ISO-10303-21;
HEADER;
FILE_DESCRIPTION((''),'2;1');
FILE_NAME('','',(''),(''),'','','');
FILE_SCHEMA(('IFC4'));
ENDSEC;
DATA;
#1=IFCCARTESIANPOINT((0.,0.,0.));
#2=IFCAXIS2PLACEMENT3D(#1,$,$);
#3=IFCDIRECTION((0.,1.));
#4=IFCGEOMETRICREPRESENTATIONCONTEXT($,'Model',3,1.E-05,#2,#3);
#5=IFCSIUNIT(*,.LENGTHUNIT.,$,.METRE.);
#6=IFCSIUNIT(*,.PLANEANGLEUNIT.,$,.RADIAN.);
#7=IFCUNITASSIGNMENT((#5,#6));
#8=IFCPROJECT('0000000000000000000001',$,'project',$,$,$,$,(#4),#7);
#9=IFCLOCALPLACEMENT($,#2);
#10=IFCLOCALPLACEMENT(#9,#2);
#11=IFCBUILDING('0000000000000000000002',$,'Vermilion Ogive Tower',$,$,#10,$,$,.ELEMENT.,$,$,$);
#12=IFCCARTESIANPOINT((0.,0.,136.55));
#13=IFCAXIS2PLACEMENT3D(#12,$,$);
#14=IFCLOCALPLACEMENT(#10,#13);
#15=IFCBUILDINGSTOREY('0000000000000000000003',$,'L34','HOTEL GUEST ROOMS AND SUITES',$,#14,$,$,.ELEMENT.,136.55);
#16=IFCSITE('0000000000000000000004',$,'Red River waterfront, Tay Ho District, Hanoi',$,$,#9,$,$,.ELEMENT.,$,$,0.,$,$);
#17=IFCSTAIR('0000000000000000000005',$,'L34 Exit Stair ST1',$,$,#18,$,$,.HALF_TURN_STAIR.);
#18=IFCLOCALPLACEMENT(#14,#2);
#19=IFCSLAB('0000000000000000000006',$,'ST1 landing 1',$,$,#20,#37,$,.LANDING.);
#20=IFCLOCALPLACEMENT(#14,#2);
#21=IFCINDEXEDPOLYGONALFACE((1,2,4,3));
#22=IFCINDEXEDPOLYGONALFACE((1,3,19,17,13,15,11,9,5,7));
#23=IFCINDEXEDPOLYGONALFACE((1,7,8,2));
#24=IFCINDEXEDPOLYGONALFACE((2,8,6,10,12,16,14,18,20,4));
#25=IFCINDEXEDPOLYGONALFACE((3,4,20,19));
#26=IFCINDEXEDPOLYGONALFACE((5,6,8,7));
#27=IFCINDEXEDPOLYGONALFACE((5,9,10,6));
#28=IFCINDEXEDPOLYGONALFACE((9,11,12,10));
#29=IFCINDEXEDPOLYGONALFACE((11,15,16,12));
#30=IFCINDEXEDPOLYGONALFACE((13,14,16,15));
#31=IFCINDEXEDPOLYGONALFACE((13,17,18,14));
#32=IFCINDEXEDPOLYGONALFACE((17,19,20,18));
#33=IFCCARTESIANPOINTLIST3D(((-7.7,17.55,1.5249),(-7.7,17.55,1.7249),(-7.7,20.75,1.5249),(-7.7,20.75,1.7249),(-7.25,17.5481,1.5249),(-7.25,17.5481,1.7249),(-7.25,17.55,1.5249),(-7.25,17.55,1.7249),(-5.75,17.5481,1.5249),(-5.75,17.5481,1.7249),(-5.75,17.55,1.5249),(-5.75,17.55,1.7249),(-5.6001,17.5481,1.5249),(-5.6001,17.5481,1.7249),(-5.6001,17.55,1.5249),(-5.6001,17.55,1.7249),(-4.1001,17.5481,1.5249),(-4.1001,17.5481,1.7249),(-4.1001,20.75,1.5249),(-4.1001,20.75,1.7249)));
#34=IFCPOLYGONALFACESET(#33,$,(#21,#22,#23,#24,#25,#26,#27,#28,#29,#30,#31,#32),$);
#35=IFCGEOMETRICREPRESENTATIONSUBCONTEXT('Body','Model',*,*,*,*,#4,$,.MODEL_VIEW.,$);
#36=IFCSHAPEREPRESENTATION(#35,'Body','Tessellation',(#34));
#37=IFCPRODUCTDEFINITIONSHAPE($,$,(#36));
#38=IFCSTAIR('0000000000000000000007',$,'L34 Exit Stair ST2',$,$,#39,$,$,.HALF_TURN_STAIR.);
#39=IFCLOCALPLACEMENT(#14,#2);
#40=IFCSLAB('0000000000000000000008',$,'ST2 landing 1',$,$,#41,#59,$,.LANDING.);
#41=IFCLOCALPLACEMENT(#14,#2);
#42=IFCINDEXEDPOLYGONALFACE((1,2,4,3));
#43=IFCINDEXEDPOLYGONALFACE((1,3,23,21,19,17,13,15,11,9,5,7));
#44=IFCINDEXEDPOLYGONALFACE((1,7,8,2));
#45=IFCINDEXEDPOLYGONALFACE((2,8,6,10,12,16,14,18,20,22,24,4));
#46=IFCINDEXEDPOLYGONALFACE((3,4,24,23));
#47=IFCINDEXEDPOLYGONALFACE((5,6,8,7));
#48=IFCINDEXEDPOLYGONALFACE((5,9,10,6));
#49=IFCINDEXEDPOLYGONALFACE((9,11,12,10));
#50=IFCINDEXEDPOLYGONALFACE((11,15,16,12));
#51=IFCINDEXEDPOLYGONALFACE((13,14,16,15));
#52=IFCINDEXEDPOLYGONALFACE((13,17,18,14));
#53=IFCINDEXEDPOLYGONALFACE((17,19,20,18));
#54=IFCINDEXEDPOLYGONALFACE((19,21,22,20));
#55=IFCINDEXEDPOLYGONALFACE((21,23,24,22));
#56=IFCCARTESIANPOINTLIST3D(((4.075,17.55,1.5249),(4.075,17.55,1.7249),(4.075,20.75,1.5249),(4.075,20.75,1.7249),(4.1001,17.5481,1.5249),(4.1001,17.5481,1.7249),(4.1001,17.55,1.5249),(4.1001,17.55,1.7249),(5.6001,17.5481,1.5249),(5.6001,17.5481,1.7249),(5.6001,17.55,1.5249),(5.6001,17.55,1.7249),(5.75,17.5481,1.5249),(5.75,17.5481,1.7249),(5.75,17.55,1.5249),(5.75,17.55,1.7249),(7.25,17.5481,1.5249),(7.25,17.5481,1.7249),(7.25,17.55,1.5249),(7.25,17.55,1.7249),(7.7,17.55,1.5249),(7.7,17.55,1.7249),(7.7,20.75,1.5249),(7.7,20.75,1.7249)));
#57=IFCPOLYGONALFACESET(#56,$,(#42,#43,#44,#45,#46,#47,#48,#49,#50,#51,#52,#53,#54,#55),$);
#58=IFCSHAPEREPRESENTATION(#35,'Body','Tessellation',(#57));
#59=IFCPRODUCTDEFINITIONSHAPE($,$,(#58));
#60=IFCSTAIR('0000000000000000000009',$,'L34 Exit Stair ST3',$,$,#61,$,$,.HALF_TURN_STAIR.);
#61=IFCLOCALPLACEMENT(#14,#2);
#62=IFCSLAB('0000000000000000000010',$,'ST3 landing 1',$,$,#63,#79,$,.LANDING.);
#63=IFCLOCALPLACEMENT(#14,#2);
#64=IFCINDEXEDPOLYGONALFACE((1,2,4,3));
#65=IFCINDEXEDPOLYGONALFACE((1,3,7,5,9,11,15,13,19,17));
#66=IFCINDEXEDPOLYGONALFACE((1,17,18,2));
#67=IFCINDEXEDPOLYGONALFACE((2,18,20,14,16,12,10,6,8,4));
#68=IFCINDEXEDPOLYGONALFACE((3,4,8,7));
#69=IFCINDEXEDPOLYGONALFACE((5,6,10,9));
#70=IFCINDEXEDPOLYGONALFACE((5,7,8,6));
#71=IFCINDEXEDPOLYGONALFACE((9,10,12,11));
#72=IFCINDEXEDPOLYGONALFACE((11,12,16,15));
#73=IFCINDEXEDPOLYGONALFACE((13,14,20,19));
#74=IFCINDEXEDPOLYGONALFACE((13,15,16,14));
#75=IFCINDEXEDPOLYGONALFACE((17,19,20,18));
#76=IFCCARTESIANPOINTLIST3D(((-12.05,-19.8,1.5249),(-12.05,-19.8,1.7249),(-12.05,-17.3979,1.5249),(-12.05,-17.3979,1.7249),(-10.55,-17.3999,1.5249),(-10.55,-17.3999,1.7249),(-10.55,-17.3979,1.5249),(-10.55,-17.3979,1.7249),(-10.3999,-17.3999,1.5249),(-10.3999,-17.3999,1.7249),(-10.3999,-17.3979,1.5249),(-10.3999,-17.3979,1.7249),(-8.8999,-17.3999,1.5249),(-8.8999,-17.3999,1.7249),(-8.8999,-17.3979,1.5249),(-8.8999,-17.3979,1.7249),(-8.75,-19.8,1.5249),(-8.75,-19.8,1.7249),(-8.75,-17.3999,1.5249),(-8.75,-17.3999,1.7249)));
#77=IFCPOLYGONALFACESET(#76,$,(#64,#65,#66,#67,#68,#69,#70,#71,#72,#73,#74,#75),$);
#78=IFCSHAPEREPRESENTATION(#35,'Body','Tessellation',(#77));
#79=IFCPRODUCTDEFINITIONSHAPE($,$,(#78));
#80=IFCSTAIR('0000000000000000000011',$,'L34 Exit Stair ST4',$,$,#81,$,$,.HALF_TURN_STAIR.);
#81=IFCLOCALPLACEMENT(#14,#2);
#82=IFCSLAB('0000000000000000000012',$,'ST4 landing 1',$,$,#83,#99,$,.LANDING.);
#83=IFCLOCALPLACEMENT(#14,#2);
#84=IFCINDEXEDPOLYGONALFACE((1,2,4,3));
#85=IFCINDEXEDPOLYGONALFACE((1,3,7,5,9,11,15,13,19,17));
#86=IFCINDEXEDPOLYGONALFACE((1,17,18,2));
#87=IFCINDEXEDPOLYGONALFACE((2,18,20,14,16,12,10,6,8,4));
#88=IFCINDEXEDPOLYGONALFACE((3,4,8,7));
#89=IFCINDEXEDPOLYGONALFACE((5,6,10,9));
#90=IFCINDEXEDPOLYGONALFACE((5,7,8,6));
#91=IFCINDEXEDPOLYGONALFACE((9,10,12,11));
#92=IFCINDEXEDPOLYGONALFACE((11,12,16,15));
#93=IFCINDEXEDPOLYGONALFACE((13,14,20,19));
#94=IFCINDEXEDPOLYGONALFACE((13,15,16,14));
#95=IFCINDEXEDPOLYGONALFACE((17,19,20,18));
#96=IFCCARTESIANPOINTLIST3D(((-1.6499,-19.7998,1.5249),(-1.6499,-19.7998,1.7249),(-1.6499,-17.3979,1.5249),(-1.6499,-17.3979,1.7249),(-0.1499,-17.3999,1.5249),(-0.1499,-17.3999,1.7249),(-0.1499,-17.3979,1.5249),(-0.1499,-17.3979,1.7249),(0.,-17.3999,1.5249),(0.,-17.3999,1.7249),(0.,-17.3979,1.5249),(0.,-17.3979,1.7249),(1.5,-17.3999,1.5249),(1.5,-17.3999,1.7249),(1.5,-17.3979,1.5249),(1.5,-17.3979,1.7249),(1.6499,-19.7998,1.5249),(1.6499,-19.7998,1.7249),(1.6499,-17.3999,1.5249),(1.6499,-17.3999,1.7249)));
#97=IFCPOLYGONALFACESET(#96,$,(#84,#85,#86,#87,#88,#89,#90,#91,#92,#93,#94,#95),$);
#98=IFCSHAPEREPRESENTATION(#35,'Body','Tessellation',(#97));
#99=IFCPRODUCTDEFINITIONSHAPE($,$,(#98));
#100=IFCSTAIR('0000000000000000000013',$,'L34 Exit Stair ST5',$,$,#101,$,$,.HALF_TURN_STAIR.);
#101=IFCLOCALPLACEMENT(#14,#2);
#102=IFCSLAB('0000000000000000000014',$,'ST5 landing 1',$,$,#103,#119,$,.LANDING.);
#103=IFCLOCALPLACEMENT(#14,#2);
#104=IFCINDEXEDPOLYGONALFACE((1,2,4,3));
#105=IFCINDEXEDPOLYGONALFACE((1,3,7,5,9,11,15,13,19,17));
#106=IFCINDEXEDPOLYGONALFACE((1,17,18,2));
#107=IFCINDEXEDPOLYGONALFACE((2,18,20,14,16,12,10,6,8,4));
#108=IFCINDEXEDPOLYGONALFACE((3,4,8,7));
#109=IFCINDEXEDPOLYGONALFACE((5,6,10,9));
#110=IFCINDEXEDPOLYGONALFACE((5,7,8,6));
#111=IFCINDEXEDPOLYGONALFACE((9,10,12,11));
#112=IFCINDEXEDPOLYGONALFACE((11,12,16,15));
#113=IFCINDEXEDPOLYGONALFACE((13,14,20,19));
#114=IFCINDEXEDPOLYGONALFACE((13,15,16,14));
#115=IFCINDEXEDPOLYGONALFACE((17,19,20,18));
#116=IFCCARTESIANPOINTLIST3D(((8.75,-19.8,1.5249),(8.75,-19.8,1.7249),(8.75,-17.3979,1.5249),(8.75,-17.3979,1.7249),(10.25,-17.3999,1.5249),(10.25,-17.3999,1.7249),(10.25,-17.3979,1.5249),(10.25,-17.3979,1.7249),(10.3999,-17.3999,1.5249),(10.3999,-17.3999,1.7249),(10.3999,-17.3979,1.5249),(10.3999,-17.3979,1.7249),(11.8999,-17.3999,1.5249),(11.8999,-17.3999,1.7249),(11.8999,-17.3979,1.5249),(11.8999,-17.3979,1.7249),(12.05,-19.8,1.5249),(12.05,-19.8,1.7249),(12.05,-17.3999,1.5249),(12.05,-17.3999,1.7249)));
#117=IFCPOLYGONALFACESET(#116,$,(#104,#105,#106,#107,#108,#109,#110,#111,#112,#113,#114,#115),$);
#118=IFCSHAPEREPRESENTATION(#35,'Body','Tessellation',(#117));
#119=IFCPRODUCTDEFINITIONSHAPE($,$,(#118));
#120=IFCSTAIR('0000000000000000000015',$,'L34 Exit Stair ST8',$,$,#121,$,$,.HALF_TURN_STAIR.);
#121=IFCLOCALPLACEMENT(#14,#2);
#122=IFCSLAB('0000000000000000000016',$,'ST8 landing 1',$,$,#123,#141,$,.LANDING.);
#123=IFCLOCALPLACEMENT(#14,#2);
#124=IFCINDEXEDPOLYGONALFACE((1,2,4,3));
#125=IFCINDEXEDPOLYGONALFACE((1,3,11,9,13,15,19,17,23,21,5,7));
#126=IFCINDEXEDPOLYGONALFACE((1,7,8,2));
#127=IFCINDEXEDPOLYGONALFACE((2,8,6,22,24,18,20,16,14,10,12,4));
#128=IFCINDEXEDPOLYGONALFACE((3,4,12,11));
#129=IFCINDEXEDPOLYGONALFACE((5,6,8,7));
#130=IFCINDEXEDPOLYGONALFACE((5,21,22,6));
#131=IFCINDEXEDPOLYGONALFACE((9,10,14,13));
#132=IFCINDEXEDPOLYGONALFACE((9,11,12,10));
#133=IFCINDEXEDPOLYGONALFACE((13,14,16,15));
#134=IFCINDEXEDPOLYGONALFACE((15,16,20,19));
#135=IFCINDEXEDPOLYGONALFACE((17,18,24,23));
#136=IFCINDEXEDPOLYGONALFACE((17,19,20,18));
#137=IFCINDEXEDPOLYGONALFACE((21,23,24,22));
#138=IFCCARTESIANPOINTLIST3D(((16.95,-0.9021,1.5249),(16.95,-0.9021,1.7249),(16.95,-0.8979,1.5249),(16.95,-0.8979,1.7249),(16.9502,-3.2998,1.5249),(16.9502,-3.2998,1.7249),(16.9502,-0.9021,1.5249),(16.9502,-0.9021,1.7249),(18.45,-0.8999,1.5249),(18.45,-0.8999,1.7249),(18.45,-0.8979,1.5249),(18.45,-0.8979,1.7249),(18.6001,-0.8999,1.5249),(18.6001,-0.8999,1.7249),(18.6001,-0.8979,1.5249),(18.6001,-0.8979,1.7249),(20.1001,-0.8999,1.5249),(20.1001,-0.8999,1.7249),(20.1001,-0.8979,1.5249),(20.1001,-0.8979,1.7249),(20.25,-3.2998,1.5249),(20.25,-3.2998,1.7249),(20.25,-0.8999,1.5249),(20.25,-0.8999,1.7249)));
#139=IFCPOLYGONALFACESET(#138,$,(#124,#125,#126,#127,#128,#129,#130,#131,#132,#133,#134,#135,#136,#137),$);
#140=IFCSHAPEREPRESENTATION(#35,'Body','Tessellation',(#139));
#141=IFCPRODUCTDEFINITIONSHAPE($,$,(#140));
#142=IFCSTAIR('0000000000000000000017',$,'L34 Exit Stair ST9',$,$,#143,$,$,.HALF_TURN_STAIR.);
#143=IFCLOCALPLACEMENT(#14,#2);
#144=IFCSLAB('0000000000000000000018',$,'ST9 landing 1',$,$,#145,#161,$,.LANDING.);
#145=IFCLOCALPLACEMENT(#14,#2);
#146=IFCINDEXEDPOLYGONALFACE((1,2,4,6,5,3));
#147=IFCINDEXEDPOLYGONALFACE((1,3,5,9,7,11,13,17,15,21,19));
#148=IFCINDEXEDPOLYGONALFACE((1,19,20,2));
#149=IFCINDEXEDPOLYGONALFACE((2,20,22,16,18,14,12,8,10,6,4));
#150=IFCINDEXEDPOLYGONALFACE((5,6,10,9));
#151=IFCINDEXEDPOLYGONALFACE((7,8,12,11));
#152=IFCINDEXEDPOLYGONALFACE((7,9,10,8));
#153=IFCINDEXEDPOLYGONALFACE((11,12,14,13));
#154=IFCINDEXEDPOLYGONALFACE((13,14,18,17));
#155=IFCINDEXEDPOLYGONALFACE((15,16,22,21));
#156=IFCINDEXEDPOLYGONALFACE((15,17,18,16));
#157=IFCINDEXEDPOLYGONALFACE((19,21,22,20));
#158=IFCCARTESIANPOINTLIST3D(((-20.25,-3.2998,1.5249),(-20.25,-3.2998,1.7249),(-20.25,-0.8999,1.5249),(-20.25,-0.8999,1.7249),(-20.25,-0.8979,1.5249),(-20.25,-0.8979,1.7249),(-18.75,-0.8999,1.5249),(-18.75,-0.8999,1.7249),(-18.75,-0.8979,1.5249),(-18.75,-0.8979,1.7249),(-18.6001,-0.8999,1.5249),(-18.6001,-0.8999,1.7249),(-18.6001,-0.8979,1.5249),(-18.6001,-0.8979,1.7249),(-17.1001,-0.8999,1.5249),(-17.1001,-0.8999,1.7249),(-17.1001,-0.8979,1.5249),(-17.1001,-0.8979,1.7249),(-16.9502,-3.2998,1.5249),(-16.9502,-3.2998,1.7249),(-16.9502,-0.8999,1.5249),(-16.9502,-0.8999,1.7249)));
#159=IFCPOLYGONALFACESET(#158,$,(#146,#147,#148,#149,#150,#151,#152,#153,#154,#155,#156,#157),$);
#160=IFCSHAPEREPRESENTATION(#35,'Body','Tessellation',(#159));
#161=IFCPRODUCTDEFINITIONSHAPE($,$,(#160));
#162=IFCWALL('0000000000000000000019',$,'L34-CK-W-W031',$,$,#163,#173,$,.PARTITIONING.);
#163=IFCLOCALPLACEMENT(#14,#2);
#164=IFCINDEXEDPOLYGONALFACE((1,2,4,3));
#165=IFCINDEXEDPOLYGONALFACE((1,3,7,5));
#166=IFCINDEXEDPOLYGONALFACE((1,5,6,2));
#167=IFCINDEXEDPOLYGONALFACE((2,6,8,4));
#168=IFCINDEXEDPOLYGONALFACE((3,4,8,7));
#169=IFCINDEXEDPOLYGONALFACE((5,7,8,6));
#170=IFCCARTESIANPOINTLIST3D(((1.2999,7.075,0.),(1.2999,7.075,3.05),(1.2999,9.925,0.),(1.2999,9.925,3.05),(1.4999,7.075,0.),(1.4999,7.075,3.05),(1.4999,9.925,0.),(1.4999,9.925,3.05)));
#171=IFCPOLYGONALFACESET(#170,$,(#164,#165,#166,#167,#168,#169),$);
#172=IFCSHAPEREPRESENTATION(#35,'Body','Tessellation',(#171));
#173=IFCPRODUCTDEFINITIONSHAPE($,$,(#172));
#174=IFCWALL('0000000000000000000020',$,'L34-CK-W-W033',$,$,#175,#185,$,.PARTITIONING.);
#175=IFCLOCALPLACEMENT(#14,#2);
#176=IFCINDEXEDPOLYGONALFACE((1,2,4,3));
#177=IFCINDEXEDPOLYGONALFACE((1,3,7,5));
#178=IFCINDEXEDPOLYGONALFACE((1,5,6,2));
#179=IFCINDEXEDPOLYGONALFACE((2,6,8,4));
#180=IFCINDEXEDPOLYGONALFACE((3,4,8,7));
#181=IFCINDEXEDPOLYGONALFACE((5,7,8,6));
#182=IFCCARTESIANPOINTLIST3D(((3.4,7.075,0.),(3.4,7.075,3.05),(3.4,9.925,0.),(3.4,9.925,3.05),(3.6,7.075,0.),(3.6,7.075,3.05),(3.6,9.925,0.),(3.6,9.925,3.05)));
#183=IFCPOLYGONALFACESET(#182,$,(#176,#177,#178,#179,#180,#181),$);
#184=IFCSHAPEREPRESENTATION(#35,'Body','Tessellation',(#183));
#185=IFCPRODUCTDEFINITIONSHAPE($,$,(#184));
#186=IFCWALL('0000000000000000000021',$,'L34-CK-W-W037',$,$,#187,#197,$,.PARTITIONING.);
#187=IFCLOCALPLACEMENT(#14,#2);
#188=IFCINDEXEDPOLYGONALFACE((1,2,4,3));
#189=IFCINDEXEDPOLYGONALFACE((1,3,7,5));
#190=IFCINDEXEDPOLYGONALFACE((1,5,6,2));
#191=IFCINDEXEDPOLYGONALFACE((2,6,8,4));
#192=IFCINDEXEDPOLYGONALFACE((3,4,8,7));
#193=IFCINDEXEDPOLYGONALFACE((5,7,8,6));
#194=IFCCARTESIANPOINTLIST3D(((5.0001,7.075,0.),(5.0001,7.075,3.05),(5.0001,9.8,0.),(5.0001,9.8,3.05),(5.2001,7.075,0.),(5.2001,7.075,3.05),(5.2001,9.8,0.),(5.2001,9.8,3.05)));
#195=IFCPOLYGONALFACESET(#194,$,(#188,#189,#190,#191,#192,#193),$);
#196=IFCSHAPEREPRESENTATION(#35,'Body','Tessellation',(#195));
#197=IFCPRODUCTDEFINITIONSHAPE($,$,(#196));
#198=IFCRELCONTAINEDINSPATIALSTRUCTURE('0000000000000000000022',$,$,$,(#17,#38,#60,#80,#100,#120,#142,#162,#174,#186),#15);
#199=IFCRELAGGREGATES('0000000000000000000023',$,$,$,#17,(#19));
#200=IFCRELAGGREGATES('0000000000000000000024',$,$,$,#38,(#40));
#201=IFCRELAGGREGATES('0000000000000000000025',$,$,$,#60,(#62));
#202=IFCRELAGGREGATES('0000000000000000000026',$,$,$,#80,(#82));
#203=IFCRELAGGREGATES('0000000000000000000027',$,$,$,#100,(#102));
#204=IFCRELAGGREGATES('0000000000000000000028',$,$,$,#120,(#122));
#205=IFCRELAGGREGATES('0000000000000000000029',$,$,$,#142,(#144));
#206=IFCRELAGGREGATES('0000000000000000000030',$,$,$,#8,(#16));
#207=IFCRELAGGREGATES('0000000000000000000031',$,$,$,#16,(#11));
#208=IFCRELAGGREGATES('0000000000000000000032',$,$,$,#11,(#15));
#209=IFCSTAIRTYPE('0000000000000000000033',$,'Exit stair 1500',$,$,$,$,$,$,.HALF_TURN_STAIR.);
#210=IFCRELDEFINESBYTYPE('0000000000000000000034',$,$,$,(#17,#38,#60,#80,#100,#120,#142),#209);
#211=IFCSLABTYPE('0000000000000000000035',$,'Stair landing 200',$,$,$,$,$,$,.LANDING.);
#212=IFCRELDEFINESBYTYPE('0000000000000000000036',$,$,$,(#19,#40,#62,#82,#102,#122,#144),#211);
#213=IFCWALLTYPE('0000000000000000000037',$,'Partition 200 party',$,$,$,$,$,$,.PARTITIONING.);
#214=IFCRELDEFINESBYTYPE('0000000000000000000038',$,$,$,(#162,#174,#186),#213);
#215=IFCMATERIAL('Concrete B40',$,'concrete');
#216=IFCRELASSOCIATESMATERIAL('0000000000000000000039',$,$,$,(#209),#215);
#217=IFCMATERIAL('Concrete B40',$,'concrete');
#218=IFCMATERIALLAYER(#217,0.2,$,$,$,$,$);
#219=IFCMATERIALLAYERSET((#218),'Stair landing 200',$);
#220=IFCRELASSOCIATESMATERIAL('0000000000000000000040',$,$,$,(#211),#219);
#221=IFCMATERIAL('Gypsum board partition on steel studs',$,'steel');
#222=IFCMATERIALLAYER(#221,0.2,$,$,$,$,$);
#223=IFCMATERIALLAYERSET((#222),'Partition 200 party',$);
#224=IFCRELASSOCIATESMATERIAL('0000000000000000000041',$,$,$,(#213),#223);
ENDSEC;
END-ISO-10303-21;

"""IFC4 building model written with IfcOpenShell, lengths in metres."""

from ifc_helpers import new_model, si_unit, direction, frame, frame_2d, origin, place, context, subcontext, project, spatial, polyline, rectangle, outline, extrude, material, layer, layer_set, type_object, element, aggregate, save


model = new_model("IFC4")

# Units and contexts
model_context = context("Model", 3, precision=1e-05, world=origin(), true_north=direction((0.0, 1.0)))
body_context = subcontext(model_context, "Body", "Model", "MODEL_VIEW")
ifc_project = project(units=[si_unit("LENGTHUNIT", "METRE"), si_unit("PLANEANGLEUNIT", "RADIAN")], contexts=[model_context])

# Site, building, storey
site_placement = place(None, origin())
site = spatial("IfcSite", under=ifc_project, at=site_placement, Name="Red River waterfront, Tay Ho District, Hanoi", CompositionType="ELEMENT", RefElevation=0.0)
building_placement = place(site_placement, origin())
building = spatial("IfcBuilding", under=site, at=building_placement, Name="Vermilion Ogive Tower", CompositionType="ELEMENT")
storey_placement = place(building_placement, frame((0.0, 0.0, 136.55)))
storey = spatial("IfcBuildingStorey", under=building, at=storey_placement, Name="L34", Description="HOTEL GUEST ROOMS AND SUITES", CompositionType="ELEMENT", Elevation=136.55)

# Stairs, slabs
ifc_material_1 = material(Name="Concrete B40", Category="concrete")
stair_type = type_object("IfcStairType", Name="Exit stair 1500", PredefinedType="HALF_TURN_STAIR", material=ifc_material_1)
stair_1_placement = place(storey_placement, origin())
stair_1 = element("IfcStair", 1, at=stair_1_placement, inside=storey, type_object=stair_type, Name="L34 Exit Stair ST1", PredefinedType="HALF_TURN_STAIR")
ifc_material_2 = material(Name="Concrete B40", Category="concrete")
ifc_layer_1 = layer(ifc_material_2, 0.2)
ifc_layer_set_1 = layer_set([ifc_layer_1], Name="Stair landing 200")
slab_type_1 = type_object("IfcSlabType", Name="Stair landing 200", PredefinedType="LANDING", material=ifc_layer_set_1)
slab_1_placement = place(storey_placement, frame((0.0, 0.0, 1.5249)))
slab_1 = element("IfcSlab", 2, at=slab_1_placement, type_object=slab_type_1, Name="ST1 landing 1", PredefinedType="LANDING", context=body_context, shape_type="SweptSolid", body=[
    extrude(outline(polyline([(-7.7, 17.55), (-7.25, 17.55), (-7.25, 17.5481), (-5.75, 17.5481), (-5.75, 17.55), (-5.6001, 17.55), (-5.6001, 17.5481), (-4.1001, 17.5481), (-4.1001, 20.75), (-7.7, 20.75), (-7.7, 17.55)])), origin(), (0.0, 0.0, 1.0), 0.2),
])
aggregate(stair_1, [slab_1])
stair_2_placement = place(storey_placement, origin())
stair_2 = element("IfcStair", 3, at=stair_2_placement, inside=storey, type_object=stair_type, Name="L34 Exit Stair ST2", PredefinedType="HALF_TURN_STAIR")
slab_2_placement = place(storey_placement, frame((0.0, 0.0, 1.5249)))
slab_2 = element("IfcSlab", 4, at=slab_2_placement, type_object=slab_type_1, Name="ST2 landing 1", PredefinedType="LANDING", context=body_context, shape_type="SweptSolid", body=[
    extrude(outline(polyline([(5.6001, 17.55), (5.75, 17.55), (5.75, 17.5481), (7.25, 17.5481), (7.25, 17.55), (7.7, 17.55), (7.7, 20.75), (4.075, 20.75), (4.075, 17.55), (4.1001, 17.55), (4.1001, 17.5481), (5.6001, 17.5481), (5.6001, 17.55)])), origin(), (0.0, 0.0, 1.0), 0.2),
])
aggregate(stair_2, [slab_2])
stair_3_placement = place(storey_placement, origin())
stair_3 = element("IfcStair", 5, at=stair_3_placement, inside=storey, type_object=stair_type, Name="L34 Exit Stair ST3", PredefinedType="HALF_TURN_STAIR")
slab_3_placement = place(storey_placement, frame((0.0, 0.0, 1.5249)))
slab_3 = element("IfcSlab", 6, at=slab_3_placement, type_object=slab_type_1, Name="ST3 landing 1", PredefinedType="LANDING", context=body_context, shape_type="SweptSolid", body=[
    extrude(outline(polyline([(-8.75, -17.3999), (-8.8999, -17.3999), (-8.8999, -17.3979), (-10.3999, -17.3979), (-10.3999, -17.3999), (-10.55, -17.3999), (-10.55, -17.3979), (-12.05, -17.3979), (-12.05, -19.8), (-8.75, -19.8), (-8.75, -17.3999)])), origin(), (0.0, 0.0, 1.0), 0.2),
])
aggregate(stair_3, [slab_3])
stair_4_placement = place(storey_placement, origin())
stair_4 = element("IfcStair", 7, at=stair_4_placement, inside=storey, type_object=stair_type, Name="L34 Exit Stair ST4", PredefinedType="HALF_TURN_STAIR")
slab_4_placement = place(storey_placement, frame((0.0, 0.0, 1.5249)))
slab_4 = element("IfcSlab", 8, at=slab_4_placement, type_object=slab_type_1, Name="ST4 landing 1", PredefinedType="LANDING", context=body_context, shape_type="SweptSolid", body=[
    extrude(outline(polyline([(1.6499, -17.3999), (1.5, -17.3999), (1.5, -17.3979), (0.0, -17.3979), (0.0, -17.3999), (-0.1499, -17.3999), (-0.1499, -17.3979), (-1.6499, -17.3979), (-1.6499, -19.7998), (1.6499, -19.7998), (1.6499, -17.3999)])), origin(), (0.0, 0.0, 1.0), 0.2),
])
aggregate(stair_4, [slab_4])
stair_5_placement = place(storey_placement, origin())
stair_5 = element("IfcStair", 9, at=stair_5_placement, inside=storey, type_object=stair_type, Name="L34 Exit Stair ST5", PredefinedType="HALF_TURN_STAIR")
slab_5_placement = place(storey_placement, frame((0.0, 0.0, 1.5249)))
slab_5 = element("IfcSlab", 10, at=slab_5_placement, type_object=slab_type_1, Name="ST5 landing 1", PredefinedType="LANDING", context=body_context, shape_type="SweptSolid", body=[
    extrude(outline(polyline([(12.05, -17.3999), (11.8999, -17.3999), (11.8999, -17.3979), (10.3999, -17.3979), (10.3999, -17.3999), (10.25, -17.3999), (10.25, -17.3979), (8.75, -17.3979), (8.75, -19.8), (12.05, -19.8), (12.05, -17.3999)])), origin(), (0.0, 0.0, 1.0), 0.2),
])
aggregate(stair_5, [slab_5])
stair_6_placement = place(storey_placement, origin())
stair_6 = element("IfcStair", 11, at=stair_6_placement, inside=storey, type_object=stair_type, Name="L34 Exit Stair ST8", PredefinedType="HALF_TURN_STAIR")
slab_6_placement = place(storey_placement, frame((0.0, 0.0, 1.5249)))
slab_6 = element("IfcSlab", 12, at=slab_6_placement, type_object=slab_type_1, Name="ST8 landing 1", PredefinedType="LANDING", context=body_context, shape_type="SweptSolid", body=[
    extrude(outline(polyline([(20.25, -0.8999), (20.1001, -0.8999), (20.1001, -0.8979), (18.6001, -0.8979), (18.6001, -0.8999), (18.45, -0.8999), (18.45, -0.8979), (16.95, -0.8979), (16.95, -0.9021), (16.9502, -0.9021), (16.9502, -3.2998), (20.25, -3.2998), (20.25, -0.8999)])), origin(), (0.0, 0.0, 1.0), 0.2),
])
aggregate(stair_6, [slab_6])
stair_7_placement = place(storey_placement, origin())
stair_7 = element("IfcStair", 13, at=stair_7_placement, inside=storey, type_object=stair_type, Name="L34 Exit Stair ST9", PredefinedType="HALF_TURN_STAIR")
slab_7_placement = place(storey_placement, frame((0.0, 0.0, 1.5249)))
slab_7 = element("IfcSlab", 14, at=slab_7_placement, type_object=slab_type_1, Name="ST9 landing 1", PredefinedType="LANDING", context=body_context, shape_type="SweptSolid", body=[
    extrude(outline(polyline([(-16.9502, -0.8999), (-17.1001, -0.8999), (-17.1001, -0.8979), (-18.6001, -0.8979), (-18.6001, -0.8999), (-18.75, -0.8999), (-18.75, -0.8979), (-20.25, -0.8979), (-20.25, -0.8999), (-20.25, -0.8999), (-20.25, -3.2998), (-16.9502, -3.2998), (-16.9502, -0.8999)])), origin(), (0.0, 0.0, 1.0), 0.2),
])
aggregate(stair_7, [slab_7])

# Walls
ifc_material_3 = material(Name="Gypsum board partition on steel studs", Category="steel")
ifc_layer_2 = layer(ifc_material_3, 0.2)
ifc_layer_set_2 = layer_set([ifc_layer_2], Name="Partition 200 party")
wall_type = type_object("IfcWallType", Name="Partition 200 party", PredefinedType="PARTITIONING", material=ifc_layer_set_2)
for number, where, z_axis, x_axis, name in (
    (15, (1.3999, 7.075, 0.0), (0.0, 0.0, 1.0), (0.0, 1.0, 0.0), "L34-CK-W-W031"),
    (16, (3.5, 7.075, 0.0), (0.0, 0.0, 1.0), (0.0, 1.0, 0.0), "L34-CK-W-W033"),
):
    element("IfcWall", number, at=place(storey_placement, frame(where, z_axis=z_axis, x_axis=x_axis)), inside=storey, type_object=wall_type, Name=name, PredefinedType="PARTITIONING", context=body_context, shape_type="SweptSolid", body=[
        extrude(rectangle(XDim=2.8501, YDim=0.2, at=frame_2d((1.425, 0.0))), origin(), (0.0, 0.0, 1.0), 3.05),
    ])
wall_placement = place(storey_placement, frame((5.1001, 7.075, 0.0), z_axis=(0.0, 0.0, 1.0), x_axis=(0.0, 1.0, 0.0)))
element("IfcWall", 17, at=wall_placement, inside=storey, type_object=wall_type, Name="L34-CK-W-W037", PredefinedType="PARTITIONING", context=body_context, shape_type="SweptSolid", body=[
    extrude(rectangle(XDim=2.7251, YDim=0.2, at=frame_2d((1.3625, 0.0))), origin(), (0.0, 0.0, 1.0), 3.05),
])

save(model, "model.ifc")
